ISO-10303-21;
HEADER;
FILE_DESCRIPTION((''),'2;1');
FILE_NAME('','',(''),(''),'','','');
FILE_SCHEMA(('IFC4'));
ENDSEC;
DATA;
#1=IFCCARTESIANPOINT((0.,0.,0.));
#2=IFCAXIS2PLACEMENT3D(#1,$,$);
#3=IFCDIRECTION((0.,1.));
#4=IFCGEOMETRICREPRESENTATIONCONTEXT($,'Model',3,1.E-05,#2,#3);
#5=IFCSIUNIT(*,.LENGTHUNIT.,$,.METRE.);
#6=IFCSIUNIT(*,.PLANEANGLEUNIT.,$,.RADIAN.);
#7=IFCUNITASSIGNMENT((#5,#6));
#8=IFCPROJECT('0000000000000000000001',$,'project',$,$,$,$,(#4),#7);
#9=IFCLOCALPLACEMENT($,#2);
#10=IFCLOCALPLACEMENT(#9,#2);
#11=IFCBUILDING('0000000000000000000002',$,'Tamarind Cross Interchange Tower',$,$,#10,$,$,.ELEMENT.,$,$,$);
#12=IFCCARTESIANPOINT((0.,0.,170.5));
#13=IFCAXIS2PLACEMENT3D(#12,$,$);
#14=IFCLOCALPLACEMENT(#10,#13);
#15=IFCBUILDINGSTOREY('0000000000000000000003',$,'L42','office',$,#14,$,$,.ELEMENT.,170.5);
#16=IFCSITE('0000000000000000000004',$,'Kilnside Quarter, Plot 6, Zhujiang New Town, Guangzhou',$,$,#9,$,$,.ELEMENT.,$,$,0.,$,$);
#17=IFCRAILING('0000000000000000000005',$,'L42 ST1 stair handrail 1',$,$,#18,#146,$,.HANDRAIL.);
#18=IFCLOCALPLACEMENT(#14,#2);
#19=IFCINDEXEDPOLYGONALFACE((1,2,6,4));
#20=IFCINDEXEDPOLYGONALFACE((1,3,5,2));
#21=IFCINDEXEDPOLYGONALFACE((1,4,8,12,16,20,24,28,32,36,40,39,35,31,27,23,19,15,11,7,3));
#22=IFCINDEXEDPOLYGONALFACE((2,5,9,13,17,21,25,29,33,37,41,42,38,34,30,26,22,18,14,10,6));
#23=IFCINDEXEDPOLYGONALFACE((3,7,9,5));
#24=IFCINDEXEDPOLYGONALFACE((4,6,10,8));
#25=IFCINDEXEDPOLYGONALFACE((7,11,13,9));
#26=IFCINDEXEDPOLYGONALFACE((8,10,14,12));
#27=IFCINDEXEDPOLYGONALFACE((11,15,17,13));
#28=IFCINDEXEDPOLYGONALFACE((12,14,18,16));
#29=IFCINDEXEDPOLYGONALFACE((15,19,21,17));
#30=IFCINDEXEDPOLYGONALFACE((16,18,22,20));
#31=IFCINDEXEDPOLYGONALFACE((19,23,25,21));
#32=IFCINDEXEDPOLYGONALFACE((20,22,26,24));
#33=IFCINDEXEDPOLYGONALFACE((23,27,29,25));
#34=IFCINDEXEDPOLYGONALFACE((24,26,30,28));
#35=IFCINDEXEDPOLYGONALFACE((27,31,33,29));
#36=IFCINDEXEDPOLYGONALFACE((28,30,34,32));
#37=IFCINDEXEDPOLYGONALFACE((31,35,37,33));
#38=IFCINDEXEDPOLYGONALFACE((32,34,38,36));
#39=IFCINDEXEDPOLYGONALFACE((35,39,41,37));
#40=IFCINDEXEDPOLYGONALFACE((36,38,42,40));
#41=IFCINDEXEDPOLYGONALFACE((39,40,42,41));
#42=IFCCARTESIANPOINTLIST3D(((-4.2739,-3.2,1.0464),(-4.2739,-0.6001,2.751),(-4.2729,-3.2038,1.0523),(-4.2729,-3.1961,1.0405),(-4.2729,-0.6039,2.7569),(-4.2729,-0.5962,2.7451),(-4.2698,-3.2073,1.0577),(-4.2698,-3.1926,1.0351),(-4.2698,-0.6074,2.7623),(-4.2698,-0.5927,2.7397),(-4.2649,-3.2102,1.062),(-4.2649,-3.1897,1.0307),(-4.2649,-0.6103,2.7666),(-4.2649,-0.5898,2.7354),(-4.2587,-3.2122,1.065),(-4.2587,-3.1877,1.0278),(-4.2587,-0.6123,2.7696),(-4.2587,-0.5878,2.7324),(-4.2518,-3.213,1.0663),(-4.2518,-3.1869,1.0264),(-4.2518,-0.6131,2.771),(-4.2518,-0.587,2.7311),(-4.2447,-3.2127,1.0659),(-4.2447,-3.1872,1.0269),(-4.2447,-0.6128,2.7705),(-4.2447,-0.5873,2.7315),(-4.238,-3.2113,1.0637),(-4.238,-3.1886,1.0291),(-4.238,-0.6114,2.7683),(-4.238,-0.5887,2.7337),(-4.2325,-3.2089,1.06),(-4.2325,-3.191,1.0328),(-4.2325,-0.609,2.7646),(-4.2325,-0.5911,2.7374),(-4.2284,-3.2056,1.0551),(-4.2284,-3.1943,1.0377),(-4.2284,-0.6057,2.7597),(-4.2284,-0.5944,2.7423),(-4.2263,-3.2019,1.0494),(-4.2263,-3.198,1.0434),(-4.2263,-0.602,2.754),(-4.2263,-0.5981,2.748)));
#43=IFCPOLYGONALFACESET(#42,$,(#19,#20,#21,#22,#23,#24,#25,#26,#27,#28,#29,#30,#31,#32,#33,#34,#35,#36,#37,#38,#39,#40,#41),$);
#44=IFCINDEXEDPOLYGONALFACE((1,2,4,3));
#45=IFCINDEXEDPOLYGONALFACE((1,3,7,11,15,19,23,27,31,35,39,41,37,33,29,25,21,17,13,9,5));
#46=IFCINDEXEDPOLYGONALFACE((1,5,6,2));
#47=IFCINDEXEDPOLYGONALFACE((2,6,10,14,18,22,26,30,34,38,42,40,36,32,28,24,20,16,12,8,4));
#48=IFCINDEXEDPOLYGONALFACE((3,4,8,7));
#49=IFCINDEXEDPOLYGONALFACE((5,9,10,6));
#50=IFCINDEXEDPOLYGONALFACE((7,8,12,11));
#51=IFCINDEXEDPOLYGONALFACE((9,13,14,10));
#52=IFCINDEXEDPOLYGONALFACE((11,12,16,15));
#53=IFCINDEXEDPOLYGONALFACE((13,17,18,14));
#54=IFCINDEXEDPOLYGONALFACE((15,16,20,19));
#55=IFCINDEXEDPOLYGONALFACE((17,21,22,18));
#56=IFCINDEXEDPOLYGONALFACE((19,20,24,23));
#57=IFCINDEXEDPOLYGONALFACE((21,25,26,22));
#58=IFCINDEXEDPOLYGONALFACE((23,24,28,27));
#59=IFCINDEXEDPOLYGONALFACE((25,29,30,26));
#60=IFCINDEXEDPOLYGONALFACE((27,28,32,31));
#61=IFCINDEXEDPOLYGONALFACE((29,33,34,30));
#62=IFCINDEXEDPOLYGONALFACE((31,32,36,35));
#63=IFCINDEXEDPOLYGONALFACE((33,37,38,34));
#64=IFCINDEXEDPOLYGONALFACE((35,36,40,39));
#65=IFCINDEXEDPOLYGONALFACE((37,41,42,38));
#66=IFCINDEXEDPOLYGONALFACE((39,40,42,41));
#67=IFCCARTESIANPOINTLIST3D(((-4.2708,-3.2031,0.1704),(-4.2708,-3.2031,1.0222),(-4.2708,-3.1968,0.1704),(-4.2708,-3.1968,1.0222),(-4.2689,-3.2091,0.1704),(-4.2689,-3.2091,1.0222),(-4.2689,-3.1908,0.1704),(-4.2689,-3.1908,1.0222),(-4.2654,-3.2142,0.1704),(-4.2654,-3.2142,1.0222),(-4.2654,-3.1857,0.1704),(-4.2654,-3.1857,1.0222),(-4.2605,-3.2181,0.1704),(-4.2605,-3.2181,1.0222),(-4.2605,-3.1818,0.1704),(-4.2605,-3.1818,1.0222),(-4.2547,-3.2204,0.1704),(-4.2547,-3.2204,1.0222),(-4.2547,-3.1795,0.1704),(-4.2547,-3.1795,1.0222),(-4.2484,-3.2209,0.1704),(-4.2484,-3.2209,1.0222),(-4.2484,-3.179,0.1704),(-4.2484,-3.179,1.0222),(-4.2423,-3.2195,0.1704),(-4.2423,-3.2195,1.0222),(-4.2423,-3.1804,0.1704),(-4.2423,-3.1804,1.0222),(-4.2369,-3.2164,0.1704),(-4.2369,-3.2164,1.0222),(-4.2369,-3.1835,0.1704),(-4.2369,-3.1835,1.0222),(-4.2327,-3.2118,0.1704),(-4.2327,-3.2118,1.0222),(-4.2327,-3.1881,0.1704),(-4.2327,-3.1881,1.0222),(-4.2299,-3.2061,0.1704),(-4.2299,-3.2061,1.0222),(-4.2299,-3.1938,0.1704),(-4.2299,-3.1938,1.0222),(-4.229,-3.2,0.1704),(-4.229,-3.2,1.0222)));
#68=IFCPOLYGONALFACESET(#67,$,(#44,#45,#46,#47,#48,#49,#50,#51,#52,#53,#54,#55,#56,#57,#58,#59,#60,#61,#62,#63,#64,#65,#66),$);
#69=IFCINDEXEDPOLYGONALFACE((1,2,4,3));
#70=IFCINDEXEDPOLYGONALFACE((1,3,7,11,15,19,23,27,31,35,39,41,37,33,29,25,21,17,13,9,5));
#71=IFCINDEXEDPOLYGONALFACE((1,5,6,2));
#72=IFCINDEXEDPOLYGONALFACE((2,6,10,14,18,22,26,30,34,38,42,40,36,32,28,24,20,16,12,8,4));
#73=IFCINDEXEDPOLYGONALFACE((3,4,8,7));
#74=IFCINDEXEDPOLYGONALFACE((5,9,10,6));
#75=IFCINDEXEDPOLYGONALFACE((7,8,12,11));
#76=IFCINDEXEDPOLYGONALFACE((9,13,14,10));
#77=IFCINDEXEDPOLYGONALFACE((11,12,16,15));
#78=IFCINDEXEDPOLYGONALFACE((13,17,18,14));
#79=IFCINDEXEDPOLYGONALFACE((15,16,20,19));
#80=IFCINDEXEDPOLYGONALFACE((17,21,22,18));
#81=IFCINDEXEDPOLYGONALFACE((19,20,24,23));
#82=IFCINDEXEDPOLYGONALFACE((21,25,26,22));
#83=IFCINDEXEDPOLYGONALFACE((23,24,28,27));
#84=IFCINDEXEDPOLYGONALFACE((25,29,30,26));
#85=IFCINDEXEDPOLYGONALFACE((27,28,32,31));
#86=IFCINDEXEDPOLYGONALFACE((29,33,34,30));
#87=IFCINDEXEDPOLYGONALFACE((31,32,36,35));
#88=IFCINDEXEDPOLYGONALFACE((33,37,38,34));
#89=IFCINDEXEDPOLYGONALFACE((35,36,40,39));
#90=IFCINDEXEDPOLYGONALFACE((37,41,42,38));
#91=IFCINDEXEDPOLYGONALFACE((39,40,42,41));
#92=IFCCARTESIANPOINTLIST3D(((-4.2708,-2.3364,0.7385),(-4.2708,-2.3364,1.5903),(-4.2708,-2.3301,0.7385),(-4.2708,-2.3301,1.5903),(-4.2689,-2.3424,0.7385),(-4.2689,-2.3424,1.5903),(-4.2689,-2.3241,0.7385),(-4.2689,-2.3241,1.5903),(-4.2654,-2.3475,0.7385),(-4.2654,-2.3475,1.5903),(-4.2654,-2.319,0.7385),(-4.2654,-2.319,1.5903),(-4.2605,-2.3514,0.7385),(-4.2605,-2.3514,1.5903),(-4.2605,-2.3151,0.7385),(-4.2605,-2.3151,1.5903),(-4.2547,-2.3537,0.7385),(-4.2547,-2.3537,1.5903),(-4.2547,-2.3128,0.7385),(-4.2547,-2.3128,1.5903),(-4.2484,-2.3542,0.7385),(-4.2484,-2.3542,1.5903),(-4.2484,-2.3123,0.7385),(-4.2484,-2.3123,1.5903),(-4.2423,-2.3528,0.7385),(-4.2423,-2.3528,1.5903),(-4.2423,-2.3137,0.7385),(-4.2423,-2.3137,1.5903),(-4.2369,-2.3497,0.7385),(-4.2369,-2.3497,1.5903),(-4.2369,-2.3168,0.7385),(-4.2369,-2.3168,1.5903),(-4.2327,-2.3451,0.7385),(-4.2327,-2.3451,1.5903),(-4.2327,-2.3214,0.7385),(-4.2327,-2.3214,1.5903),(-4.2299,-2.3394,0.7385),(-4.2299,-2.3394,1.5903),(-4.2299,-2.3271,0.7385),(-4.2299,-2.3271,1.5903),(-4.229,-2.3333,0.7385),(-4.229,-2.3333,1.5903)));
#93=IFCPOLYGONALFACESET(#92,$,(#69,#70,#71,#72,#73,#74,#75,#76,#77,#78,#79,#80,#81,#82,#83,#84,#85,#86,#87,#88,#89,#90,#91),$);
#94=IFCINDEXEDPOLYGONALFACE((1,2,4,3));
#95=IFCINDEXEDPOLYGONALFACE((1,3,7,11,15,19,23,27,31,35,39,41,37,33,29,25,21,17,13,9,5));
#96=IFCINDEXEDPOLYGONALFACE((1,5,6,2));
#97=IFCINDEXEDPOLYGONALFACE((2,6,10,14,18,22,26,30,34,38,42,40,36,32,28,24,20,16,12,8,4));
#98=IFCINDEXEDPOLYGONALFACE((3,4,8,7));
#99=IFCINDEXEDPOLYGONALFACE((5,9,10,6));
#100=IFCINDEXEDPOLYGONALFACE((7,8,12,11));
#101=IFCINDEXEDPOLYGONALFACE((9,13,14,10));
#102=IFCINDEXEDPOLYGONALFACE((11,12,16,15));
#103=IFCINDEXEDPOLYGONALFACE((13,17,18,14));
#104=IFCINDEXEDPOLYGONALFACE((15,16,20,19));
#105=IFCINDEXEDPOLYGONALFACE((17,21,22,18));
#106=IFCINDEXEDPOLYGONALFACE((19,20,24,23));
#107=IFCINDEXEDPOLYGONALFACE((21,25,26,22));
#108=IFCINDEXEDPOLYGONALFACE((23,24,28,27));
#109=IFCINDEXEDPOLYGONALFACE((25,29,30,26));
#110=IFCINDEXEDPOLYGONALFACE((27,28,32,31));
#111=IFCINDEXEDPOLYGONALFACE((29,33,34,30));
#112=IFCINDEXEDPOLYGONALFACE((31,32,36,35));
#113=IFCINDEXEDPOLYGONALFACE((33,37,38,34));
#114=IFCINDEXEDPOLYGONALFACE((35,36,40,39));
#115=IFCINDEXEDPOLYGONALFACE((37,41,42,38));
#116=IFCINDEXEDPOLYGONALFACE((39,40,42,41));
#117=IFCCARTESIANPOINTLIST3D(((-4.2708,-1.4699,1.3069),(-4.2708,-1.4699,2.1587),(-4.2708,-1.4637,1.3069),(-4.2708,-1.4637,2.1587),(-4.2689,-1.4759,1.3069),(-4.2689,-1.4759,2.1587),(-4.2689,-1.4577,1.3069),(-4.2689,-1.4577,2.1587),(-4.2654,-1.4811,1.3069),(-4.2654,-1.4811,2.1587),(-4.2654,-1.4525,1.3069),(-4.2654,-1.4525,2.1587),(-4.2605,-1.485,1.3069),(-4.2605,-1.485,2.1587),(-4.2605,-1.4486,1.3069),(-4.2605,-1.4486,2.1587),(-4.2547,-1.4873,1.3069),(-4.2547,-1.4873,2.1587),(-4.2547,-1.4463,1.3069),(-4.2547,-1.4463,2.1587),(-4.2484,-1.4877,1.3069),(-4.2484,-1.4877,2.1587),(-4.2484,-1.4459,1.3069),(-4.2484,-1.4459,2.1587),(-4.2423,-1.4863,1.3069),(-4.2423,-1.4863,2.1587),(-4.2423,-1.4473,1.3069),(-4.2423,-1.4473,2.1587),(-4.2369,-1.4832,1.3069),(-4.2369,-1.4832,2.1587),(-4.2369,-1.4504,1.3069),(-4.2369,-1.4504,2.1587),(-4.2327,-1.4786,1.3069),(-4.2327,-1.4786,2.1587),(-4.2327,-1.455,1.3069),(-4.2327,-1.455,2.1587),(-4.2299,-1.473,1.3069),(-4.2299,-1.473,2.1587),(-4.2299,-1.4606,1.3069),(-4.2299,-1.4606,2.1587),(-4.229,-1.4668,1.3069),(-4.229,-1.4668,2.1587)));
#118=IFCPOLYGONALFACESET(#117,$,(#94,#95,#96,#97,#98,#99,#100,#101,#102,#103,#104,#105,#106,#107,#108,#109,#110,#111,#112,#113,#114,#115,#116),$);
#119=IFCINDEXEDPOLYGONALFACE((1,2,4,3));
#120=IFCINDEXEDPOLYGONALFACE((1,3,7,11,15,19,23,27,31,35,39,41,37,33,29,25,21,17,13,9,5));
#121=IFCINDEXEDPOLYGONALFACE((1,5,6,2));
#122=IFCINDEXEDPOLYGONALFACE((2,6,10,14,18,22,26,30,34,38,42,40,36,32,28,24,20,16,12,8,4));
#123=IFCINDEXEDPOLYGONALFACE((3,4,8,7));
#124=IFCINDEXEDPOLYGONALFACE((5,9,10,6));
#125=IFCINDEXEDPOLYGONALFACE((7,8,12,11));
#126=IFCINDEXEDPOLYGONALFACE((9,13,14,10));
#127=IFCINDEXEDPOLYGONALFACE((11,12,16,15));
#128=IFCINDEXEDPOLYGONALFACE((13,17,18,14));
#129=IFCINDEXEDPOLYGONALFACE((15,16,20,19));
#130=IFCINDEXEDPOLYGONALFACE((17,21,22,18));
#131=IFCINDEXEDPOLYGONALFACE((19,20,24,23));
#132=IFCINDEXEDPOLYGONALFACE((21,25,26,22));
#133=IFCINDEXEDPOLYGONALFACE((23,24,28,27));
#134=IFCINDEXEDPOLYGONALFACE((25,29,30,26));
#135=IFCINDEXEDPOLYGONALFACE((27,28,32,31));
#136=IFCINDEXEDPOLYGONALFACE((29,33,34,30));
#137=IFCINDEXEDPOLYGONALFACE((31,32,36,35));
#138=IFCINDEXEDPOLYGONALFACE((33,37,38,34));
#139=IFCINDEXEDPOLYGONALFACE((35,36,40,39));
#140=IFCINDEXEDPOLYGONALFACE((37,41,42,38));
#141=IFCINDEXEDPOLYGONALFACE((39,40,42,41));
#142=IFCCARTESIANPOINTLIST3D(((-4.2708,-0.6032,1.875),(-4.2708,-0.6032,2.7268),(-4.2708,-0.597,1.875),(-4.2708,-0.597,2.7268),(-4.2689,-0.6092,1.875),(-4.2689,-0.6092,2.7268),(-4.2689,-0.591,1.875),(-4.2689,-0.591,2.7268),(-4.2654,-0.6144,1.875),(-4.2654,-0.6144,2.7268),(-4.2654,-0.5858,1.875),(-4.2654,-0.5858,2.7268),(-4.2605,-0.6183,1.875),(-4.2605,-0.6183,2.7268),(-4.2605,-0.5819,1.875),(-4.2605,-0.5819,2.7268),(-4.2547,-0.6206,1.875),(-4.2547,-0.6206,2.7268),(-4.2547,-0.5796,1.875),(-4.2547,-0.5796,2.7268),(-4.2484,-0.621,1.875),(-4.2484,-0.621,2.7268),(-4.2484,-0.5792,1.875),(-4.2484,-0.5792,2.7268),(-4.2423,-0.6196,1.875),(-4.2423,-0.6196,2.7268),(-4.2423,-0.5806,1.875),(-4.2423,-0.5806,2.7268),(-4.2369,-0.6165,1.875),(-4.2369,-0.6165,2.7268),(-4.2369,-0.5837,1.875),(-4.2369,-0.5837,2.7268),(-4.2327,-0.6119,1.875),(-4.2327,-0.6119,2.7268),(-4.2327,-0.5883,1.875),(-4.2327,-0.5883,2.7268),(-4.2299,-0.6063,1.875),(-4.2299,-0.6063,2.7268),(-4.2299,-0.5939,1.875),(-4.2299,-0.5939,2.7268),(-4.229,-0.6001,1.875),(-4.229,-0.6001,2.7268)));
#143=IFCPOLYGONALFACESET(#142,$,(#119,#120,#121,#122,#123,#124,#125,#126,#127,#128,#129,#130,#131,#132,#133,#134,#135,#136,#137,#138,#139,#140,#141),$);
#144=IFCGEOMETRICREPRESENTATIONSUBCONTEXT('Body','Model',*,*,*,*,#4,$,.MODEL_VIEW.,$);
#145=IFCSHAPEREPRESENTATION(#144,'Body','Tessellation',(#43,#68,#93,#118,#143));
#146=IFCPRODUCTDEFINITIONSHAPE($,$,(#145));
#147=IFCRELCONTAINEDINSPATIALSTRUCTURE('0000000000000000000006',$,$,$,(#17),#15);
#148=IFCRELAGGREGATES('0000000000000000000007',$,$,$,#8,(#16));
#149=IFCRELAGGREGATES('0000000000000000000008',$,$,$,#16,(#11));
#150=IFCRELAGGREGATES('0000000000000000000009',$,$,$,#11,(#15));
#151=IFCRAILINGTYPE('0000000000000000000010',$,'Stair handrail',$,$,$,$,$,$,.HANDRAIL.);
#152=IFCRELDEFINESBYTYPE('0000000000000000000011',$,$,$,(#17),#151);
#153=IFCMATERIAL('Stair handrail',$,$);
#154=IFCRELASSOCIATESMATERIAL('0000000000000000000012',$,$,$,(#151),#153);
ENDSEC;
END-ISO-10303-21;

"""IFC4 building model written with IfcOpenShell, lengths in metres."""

from ifc_helpers import new_model, si_unit, direction, frame, origin, origin_2d, place, context, subcontext, project, spatial, circle, extrude, material, type_object, element, save


model = new_model("IFC4")

# Units and contexts
model_context = context("Model", 3, precision=1e-05, world=origin(), true_north=direction((0.0, 1.0)))
body_context = subcontext(model_context, "Body", "Model", "MODEL_VIEW")
ifc_project = project(units=[si_unit("LENGTHUNIT", "METRE"), si_unit("PLANEANGLEUNIT", "RADIAN")], contexts=[model_context])

# Site, building, storey
site_placement = place(None, origin())
site = spatial("IfcSite", under=ifc_project, at=site_placement, Name="Kilnside Quarter, Plot 6, Zhujiang New Town, Guangzhou", CompositionType="ELEMENT", RefElevation=0.0)
building_placement = place(site_placement, origin())
building = spatial("IfcBuilding", under=site, at=building_placement, Name="Tamarind Cross Interchange Tower", CompositionType="ELEMENT")
storey_placement = place(building_placement, frame((0.0, 0.0, 170.5)))
storey = spatial("IfcBuildingStorey", under=building, at=storey_placement, Name="L42", Description="office", CompositionType="ELEMENT", Elevation=170.5)

# Railing
ifc_material_1 = material(Name="Stair handrail")
railing_type_1 = type_object("IfcRailingType", Name="Stair handrail", PredefinedType="HANDRAIL", material=ifc_material_1)
railing_1_placement = place(storey_placement, frame((-4.25, -3.2, 0.1704)))
element("IfcRailing", 1, at=railing_1_placement, inside=storey, type_object=railing_type_1, Name="L42 ST1 stair handrail 1", PredefinedType="HANDRAIL", context=body_context, shape_type="SweptSolid", body=[
    extrude(circle(Radius=0.0239, at=origin_2d()), frame((0.0, 0.0, 0.876), z_axis=(0.0, 0.836279, 0.548305), x_axis=(-1.0, 0.0, 0.0)), (0.0, 0.0, 1.0), 3.1089),
    extrude(circle(Radius=0.021, at=origin_2d()), origin(), (0.0, 0.0, 1.0), 0.8518),
    extrude(circle(Radius=0.021, at=origin_2d()), frame((0.0, 0.8667, 0.5681)), (0.0, 0.0, 1.0), 0.8518),
    extrude(circle(Radius=0.021, at=origin_2d()), frame((0.0, 1.7332, 1.1365)), (0.0, 0.0, 1.0), 0.8518),
    extrude(circle(Radius=0.021, at=origin_2d()), frame((0.0, 2.5999, 1.7046)), (0.0, 0.0, 1.0), 0.8518),
])

save(model, "model.ifc")
